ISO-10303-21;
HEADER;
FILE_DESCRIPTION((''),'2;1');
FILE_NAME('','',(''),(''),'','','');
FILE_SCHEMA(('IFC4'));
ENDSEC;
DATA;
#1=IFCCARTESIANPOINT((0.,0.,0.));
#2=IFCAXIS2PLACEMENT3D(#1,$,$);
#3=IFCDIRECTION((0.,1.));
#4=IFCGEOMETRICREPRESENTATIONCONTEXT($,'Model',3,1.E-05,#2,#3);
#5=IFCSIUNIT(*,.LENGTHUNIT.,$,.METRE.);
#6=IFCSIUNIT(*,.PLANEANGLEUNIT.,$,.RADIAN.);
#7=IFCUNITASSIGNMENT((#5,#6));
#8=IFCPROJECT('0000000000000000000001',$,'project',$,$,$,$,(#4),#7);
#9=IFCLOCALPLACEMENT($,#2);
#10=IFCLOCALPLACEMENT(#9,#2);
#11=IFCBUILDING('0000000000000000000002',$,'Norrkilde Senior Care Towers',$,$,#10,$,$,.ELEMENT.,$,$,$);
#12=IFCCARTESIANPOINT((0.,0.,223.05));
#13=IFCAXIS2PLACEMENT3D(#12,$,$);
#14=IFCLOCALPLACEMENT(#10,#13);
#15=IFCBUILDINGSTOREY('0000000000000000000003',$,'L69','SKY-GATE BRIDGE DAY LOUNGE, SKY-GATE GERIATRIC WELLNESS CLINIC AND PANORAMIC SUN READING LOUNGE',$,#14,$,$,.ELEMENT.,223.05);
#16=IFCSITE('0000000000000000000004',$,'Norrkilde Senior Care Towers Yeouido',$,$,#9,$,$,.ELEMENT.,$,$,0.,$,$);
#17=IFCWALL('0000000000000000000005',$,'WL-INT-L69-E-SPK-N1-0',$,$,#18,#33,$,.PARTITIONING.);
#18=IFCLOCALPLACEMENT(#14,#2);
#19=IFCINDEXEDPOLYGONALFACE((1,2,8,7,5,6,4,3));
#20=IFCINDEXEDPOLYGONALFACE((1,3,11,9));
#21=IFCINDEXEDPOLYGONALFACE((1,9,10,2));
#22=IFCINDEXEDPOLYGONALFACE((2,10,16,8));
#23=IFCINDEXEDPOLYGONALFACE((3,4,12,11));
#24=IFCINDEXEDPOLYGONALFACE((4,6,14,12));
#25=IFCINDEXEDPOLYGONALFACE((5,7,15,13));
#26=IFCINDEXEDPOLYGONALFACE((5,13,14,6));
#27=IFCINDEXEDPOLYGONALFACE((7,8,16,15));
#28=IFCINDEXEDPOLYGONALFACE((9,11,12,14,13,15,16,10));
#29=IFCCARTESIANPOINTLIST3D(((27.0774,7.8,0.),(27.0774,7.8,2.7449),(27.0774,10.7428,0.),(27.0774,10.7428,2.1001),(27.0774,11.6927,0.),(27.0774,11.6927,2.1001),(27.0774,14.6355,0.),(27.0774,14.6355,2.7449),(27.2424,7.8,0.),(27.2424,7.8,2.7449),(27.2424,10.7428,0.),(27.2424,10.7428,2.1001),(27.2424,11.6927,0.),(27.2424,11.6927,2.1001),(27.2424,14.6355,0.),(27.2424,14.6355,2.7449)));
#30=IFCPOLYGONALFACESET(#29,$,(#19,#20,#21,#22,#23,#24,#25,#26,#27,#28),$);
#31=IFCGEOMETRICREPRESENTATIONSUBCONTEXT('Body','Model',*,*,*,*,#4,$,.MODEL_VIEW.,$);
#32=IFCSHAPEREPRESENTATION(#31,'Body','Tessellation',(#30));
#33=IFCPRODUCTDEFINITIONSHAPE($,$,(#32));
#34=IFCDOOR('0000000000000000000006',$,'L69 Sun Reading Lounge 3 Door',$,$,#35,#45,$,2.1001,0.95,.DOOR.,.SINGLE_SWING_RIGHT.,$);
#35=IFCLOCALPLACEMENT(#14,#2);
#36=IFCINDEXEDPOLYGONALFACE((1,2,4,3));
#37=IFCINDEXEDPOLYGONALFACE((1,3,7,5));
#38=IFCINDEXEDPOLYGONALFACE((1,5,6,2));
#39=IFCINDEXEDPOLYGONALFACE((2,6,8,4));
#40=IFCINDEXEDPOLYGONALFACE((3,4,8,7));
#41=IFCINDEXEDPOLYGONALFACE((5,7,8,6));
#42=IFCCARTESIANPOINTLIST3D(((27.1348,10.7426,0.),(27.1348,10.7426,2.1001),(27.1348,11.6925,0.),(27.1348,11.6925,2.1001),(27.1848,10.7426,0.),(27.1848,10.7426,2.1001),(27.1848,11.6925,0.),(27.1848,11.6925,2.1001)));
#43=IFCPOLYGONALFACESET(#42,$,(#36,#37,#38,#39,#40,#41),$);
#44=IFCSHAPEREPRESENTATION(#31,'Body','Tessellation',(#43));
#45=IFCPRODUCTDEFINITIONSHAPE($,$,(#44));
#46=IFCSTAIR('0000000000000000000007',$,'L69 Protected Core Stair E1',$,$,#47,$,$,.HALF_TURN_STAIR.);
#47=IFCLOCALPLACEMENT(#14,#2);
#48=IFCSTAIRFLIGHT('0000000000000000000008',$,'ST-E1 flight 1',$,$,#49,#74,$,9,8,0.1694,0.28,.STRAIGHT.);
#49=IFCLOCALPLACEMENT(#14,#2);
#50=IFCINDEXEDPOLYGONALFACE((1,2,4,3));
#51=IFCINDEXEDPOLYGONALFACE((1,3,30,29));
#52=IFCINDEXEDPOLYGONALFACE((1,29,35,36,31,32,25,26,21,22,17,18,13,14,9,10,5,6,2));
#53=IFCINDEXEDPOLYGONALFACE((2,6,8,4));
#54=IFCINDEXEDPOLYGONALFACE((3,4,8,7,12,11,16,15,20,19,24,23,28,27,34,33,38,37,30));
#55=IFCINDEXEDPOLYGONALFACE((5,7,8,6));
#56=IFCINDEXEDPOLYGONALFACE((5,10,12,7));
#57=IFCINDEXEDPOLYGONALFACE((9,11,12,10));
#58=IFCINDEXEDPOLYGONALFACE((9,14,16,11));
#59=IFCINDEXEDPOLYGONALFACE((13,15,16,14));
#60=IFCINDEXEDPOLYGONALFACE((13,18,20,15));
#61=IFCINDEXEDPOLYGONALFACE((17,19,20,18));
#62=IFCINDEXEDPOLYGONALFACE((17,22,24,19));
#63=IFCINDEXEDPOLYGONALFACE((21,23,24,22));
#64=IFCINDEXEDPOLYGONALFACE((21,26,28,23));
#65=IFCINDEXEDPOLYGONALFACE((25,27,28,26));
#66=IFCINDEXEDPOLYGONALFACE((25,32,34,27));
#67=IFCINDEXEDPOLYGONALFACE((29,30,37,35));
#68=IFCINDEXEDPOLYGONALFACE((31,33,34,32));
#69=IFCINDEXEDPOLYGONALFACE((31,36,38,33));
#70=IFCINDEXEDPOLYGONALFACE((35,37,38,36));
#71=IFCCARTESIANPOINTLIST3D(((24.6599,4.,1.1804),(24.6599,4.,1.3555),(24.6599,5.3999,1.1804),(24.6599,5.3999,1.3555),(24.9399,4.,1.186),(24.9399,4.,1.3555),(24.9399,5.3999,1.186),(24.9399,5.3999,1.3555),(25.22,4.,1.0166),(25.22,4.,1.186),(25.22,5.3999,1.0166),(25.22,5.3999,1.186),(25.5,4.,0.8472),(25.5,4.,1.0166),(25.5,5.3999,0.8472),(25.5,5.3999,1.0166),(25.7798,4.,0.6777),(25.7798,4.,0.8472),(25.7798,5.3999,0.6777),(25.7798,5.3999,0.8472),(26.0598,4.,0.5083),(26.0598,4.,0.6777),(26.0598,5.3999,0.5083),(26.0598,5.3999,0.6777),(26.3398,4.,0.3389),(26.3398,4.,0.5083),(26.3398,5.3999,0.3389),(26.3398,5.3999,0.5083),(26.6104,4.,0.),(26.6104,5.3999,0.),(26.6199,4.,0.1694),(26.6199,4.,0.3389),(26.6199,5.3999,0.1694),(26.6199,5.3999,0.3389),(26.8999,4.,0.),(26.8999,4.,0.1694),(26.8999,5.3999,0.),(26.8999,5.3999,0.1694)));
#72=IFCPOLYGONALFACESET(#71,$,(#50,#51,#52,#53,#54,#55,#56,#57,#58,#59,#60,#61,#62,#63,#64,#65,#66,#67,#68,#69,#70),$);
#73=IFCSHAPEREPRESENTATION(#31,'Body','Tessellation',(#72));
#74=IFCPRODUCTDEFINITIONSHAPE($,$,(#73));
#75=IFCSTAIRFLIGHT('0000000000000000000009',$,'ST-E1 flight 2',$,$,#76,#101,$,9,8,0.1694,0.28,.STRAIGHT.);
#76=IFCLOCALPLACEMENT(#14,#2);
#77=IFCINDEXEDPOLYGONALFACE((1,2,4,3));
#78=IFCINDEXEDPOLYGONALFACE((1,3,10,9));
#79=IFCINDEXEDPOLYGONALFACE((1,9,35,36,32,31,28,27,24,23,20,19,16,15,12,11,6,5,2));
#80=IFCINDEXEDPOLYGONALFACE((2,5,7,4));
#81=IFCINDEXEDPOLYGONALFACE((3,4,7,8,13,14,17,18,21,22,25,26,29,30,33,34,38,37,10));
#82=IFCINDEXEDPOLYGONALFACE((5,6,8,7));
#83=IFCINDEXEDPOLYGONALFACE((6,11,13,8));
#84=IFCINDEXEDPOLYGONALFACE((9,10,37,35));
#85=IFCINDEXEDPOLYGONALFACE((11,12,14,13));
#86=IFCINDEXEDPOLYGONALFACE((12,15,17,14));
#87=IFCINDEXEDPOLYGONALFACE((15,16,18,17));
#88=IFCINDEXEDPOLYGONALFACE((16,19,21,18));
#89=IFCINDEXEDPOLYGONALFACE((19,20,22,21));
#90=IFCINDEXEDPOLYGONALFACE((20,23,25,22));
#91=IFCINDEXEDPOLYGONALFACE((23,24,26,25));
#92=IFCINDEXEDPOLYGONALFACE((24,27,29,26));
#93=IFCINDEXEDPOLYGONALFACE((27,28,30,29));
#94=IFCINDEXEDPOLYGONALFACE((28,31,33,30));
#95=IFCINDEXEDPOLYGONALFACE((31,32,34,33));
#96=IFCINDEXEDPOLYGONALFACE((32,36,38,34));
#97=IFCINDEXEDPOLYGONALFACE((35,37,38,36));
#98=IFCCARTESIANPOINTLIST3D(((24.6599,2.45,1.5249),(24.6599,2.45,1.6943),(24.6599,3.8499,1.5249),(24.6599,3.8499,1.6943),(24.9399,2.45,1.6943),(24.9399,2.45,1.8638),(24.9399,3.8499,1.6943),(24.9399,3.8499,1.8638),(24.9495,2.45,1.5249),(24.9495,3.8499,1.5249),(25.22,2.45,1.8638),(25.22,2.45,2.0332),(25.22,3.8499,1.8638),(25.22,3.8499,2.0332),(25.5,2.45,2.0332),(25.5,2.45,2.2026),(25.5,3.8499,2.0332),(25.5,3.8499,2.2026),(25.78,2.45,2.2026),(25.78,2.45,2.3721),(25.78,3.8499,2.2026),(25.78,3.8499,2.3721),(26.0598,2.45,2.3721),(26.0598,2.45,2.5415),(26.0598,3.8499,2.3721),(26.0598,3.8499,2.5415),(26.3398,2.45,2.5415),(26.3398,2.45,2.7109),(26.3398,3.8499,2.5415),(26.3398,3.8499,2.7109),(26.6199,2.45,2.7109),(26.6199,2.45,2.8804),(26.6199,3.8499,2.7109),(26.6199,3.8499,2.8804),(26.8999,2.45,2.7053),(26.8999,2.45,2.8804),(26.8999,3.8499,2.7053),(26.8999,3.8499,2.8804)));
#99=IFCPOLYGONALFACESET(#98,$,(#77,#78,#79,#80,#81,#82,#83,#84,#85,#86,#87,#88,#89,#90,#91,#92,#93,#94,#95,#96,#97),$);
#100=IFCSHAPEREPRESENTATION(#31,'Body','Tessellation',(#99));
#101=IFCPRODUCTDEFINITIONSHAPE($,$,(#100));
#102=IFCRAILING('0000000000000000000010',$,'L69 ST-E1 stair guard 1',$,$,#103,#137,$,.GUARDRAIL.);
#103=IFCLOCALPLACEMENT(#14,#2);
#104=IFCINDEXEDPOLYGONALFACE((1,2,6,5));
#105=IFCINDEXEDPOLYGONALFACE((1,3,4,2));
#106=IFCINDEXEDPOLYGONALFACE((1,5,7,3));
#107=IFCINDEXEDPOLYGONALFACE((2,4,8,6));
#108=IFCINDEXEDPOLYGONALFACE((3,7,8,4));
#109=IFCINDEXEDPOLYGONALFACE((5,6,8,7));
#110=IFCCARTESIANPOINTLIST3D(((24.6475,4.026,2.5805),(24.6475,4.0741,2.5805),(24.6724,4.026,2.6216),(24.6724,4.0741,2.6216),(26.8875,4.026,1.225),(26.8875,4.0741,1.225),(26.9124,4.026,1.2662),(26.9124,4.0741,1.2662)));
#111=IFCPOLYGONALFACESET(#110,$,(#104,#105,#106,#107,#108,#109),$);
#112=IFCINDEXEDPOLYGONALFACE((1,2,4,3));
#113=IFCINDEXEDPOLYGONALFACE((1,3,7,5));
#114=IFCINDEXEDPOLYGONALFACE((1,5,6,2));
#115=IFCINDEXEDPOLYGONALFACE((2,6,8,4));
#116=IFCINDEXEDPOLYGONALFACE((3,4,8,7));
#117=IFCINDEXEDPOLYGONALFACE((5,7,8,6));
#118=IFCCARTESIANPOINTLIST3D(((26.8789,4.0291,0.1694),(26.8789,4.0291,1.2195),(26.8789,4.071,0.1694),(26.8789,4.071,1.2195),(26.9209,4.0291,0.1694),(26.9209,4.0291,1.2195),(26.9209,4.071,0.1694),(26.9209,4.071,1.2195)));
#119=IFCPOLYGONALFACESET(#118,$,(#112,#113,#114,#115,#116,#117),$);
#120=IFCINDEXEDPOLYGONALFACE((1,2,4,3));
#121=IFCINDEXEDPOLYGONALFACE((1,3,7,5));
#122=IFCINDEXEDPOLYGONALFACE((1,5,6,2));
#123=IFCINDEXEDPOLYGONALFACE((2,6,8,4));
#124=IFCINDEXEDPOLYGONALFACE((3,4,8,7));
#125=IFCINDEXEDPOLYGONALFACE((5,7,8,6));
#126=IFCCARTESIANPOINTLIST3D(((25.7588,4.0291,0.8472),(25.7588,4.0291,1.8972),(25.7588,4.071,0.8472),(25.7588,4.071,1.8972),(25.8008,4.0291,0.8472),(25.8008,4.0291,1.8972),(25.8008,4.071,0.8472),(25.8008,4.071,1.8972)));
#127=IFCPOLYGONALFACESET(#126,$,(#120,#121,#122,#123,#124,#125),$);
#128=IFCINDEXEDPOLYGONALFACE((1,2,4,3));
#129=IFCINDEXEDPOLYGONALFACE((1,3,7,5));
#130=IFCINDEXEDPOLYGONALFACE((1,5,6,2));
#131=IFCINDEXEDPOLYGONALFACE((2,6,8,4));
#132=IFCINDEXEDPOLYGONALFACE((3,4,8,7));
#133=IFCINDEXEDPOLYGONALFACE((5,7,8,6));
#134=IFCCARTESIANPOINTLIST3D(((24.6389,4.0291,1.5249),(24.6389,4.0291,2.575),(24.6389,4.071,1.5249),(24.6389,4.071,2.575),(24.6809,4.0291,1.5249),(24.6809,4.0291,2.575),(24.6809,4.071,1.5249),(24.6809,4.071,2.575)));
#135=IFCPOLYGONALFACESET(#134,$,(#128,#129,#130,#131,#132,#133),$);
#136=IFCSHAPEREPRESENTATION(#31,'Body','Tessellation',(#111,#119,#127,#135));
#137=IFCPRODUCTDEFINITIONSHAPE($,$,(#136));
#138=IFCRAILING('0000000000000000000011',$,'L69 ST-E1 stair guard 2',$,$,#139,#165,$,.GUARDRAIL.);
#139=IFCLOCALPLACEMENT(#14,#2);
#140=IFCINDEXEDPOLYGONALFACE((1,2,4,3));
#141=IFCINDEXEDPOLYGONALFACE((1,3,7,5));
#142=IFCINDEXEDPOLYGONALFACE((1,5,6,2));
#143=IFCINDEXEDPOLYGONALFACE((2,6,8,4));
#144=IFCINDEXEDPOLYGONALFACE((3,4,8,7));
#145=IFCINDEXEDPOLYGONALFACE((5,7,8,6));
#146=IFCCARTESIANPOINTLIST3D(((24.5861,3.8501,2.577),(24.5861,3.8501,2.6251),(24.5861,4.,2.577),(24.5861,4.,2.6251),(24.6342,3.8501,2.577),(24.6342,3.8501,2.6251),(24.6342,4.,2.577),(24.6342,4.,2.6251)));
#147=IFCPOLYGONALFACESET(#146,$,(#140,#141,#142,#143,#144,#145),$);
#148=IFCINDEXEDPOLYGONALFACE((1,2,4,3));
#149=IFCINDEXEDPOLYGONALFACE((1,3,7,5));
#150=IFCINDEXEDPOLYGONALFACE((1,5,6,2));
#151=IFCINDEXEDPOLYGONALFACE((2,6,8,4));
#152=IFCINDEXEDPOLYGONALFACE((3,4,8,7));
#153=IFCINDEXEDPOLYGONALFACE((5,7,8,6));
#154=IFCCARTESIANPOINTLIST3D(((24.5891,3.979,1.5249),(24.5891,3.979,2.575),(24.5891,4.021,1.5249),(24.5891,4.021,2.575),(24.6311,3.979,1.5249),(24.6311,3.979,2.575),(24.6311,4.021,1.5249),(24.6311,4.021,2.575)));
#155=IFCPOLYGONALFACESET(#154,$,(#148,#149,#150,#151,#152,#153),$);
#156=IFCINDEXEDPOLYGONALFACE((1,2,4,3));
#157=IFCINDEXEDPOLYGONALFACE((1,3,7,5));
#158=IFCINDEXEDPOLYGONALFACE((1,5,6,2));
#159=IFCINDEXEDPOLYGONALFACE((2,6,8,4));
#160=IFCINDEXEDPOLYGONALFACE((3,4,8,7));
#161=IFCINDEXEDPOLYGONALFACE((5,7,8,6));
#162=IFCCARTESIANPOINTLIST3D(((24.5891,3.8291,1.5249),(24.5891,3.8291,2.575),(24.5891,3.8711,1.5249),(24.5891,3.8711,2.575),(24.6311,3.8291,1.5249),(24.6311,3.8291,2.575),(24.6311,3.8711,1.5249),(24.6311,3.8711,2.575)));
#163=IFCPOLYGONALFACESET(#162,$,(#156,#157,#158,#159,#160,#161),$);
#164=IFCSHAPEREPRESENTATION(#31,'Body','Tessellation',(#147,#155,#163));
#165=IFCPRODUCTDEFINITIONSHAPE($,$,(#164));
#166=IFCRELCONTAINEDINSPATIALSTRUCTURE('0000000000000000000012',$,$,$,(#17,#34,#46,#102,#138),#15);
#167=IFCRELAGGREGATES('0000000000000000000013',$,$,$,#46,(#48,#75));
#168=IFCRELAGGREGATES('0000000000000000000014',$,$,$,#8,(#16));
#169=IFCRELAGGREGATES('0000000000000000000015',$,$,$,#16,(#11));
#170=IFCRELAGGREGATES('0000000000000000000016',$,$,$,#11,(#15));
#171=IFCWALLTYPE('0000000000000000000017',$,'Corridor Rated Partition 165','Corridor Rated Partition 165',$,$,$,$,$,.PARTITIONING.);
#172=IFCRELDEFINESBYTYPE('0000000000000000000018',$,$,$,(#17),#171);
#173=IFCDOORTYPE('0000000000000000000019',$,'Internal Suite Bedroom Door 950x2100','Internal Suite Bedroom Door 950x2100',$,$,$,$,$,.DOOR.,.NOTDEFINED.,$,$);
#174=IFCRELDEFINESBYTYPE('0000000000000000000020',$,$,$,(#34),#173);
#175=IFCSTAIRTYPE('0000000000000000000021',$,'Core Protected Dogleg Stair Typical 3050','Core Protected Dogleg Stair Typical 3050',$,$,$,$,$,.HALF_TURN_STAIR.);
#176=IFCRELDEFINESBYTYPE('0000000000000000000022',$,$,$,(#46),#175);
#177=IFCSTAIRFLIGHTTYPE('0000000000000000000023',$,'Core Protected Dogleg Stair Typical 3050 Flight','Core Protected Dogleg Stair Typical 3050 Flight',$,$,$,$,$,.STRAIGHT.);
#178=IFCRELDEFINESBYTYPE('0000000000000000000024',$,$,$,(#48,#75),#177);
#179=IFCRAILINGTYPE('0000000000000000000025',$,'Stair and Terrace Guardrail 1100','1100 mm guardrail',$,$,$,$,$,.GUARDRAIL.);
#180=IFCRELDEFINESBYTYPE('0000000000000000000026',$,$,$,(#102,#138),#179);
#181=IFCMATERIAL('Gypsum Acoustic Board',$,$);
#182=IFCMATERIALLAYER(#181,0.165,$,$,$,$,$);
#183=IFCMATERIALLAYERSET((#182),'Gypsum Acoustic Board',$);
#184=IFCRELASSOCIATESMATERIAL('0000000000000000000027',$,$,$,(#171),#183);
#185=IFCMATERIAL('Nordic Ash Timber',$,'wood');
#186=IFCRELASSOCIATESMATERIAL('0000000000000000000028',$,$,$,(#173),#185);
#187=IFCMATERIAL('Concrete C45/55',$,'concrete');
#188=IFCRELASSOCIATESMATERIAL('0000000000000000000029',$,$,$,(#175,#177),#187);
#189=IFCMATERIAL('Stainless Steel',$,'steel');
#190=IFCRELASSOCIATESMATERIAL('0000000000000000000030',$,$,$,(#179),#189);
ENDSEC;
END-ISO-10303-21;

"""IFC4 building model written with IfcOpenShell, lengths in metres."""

from ifc_helpers import new_model, si_unit, direction, frame, frame_2d, origin, origin_2d, place, context, subcontext, project, spatial, polyline, rectangle, outline, extrude, source, transform, mapped, material, layer, layer_set, type_object, type_shapes, element, fill, aggregate, save


model = new_model("IFC4")

# Units and contexts
model_context = context("Model", 3, precision=1e-05, world=origin(), true_north=direction((0.0, 1.0)))
body_context = subcontext(model_context, "Body", "Model", "MODEL_VIEW")
ifc_project = project(units=[si_unit("LENGTHUNIT", "METRE"), si_unit("PLANEANGLEUNIT", "RADIAN")], contexts=[model_context])

# Site, building, storey
site_placement = place(None, origin())
site = spatial("IfcSite", under=ifc_project, at=site_placement, Name="Norrkilde Senior Care Towers Yeouido", CompositionType="ELEMENT", RefElevation=0.0)
building_placement = place(site_placement, origin())
building = spatial("IfcBuilding", under=site, at=building_placement, Name="Norrkilde Senior Care Towers", CompositionType="ELEMENT")
storey_placement = place(building_placement, frame((0.0, 0.0, 223.05)))
storey = spatial("IfcBuildingStorey", under=building, at=storey_placement, Name="L69", Description="SKY-GATE BRIDGE DAY LOUNGE, SKY-GATE GERIATRIC WELLNESS CLINIC AND PANORAMIC SUN READING LOUNGE", CompositionType="ELEMENT", Elevation=223.05)

# Shared definitions
ifc_material_1 = material(Name="Concrete C45/55", Category="concrete")

# Shared definitions
ifc_material_2 = material(Name="Stainless Steel", Category="steel")

# Wall, opening, door
ifc_material_3 = material(Name="Gypsum Acoustic Board")
ifc_layer_1 = layer(ifc_material_3, 0.165)
ifc_layer_set_1 = layer_set([ifc_layer_1], Name="Gypsum Acoustic Board")
wall_type_1 = type_object("IfcWallType", Name="Corridor Rated Partition 165", Description="Corridor Rated Partition 165", PredefinedType="PARTITIONING", material=ifc_layer_set_1)
shared_shape_1 = source(origin(), body_context, "Body", "SweptSolid", [
    extrude(rectangle(XDim=6.8354, YDim=0.165, at=frame_2d((3.4177, 0.0))), origin(), (0.0, 0.0, 1.0), 2.7449),
])
type_shapes(wall_type_1, [shared_shape_1])
wall_1_placement = place(storey_placement, frame((27.1599, 7.8, 0.0), z_axis=(0.0, 0.0, 1.0), x_axis=(0.0, 1.0, 0.0)))
wall_1 = element("IfcWall", 1, at=wall_1_placement, inside=storey, type_object=wall_type_1, Name="WL-INT-L69-E-SPK-N1-0", PredefinedType="PARTITIONING", context=body_context, shape_type="MappedRepresentation", body=[
    mapped(shared_shape_1, transform((0.0, 0.0, 0.0), x_axis=(1.0, 0.0, 0.0), y_axis=(0.0, 1.0, 0.0), z_axis=(0.0, 0.0, 1.0), scale=1.0)),
])
opening_1_placement = place(wall_1_placement, frame((2.9426, 0.0, 0.0)))
opening_1 = element("IfcOpeningElement", 2, at=opening_1_placement, cuts=wall_1, PredefinedType="OPENING", context=body_context, shape_type="SweptSolid", body=[
    extrude(rectangle(XDim=0.95, YDim=2.1001, at=frame_2d((0.4751, 1.05))), frame((0.0, 0.0925, 0.0), z_axis=(0.0, -1.0, 0.0), x_axis=(1.0, 0.0, 0.0)), (0.0, 0.0, 1.0), 0.1851),
])
ifc_material_4 = material(Name="Nordic Ash Timber", Category="wood")
door_type_1 = type_object("IfcDoorType", Name="Internal Suite Bedroom Door 950x2100", Description="Internal Suite Bedroom Door 950x2100", OperationType="NOTDEFINED", PredefinedType="DOOR", material=ifc_material_4)
shared_shape_2 = source(origin(), body_context, "Body", "SweptSolid", [
    extrude(rectangle(XDim=0.95, YDim=2.1001, at=frame_2d((0.4751, 1.05))), frame((0.0, 0.0249, 0.0), z_axis=(0.0, -1.0, 0.0), x_axis=(1.0, 0.0, 0.0)), (0.0, 0.0, 1.0), 0.05),
])
type_shapes(door_type_1, [shared_shape_2])
door_1_placement = place(opening_1_placement, frame((0.95, 0.0, 0.0), z_axis=(0.0, 0.0, 1.0), x_axis=(-1.0, 0.0, 0.0)))
door_1 = element("IfcDoor", 3, at=door_1_placement, inside=storey, type_object=door_type_1, Name="L69 Sun Reading Lounge 3 Door", OperationType="SINGLE_SWING_RIGHT", OverallHeight=2.1001, OverallWidth=0.95, PredefinedType="DOOR", context=body_context, shape_type="MappedRepresentation", body=[
    mapped(shared_shape_2, transform((0.0, 0.0, 0.0), x_axis=(1.0, 0.0, 0.0), y_axis=(0.0, 1.0, 0.0), z_axis=(0.0, 0.0, 1.0), scale=1.0)),
])
fill(opening_1, door_1)

# Stair, stair flights
stair_type = type_object("IfcStairType", Name="Core Protected Dogleg Stair Typical 3050", Description="Core Protected Dogleg Stair Typical 3050", PredefinedType="HALF_TURN_STAIR", material=ifc_material_1)
stair_placement = place(storey_placement, origin())
stair = element("IfcStair", 4, at=stair_placement, inside=storey, type_object=stair_type, Name="L69 Protected Core Stair E1", PredefinedType="HALF_TURN_STAIR")
stair_flight_type = type_object("IfcStairFlightType", Name="Core Protected Dogleg Stair Typical 3050 Flight", Description="Core Protected Dogleg Stair Typical 3050 Flight", PredefinedType="STRAIGHT", material=ifc_material_1)
stair_flight_1_placement = place(storey_placement, frame((26.8999, 4.7, 0.0), z_axis=(0.0, 0.0, 1.0), x_axis=(-1.0, 0.0, 0.0)))
stair_flight_1 = element("IfcStairFlight", 5, at=stair_flight_1_placement, type_object=stair_flight_type, Name="ST-E1 flight 1", NumberOfRisers=9, NumberOfTreads=8, PredefinedType="STRAIGHT", RiserHeight=0.1694, TreadLength=0.28, context=body_context, shape_type="SweptSolid", body=[
    extrude(outline(polyline([(0.0, 0.0), (0.0, 0.1694), (0.28, 0.1694), (0.28, 0.3389), (0.5601, 0.3389), (0.5601, 0.5083), (0.8401, 0.5083), (0.8401, 0.6777), (1.1201, 0.6777), (1.1201, 0.8472), (1.3999, 0.8472), (1.3999, 1.0166), (1.6799, 1.0166), (1.6799, 1.186), (1.96, 1.186), (1.96, 1.3555), (2.24, 1.3555), (2.24, 1.5249), (2.24, 1.1804), (0.2896, 0.0), (0.0, 0.0)])), frame((0.0, 0.7, 0.0), z_axis=(0.0, -1.0, 0.0), x_axis=(1.0, 0.0, 0.0)), (0.0, 0.0, 1.0), 1.3999),
])
stair_flight_2_placement = place(storey_placement, frame((24.6599, 3.1499, 1.5249), z_axis=(0.0, 0.0, 1.0), x_axis=(1.0, 0.0, 0.0)))
stair_flight_2 = element("IfcStairFlight", 6, at=stair_flight_2_placement, type_object=stair_flight_type, Name="ST-E1 flight 2", NumberOfRisers=9, NumberOfTreads=8, PredefinedType="STRAIGHT", RiserHeight=0.1694, TreadLength=0.28, context=body_context, shape_type="SweptSolid", body=[
    extrude(outline(polyline([(0.0, 0.0), (0.0, 0.1694), (0.28, 0.1694), (0.28, 0.3389), (0.5601, 0.3389), (0.5601, 0.5083), (0.8401, 0.5083), (0.8401, 0.6777), (1.1201, 0.6777), (1.1201, 0.8472), (1.3999, 0.8472), (1.3999, 1.0166), (1.6799, 1.0166), (1.6799, 1.186), (1.96, 1.186), (1.96, 1.3555), (2.24, 1.3555), (2.24, 1.5249), (2.24, 1.1804), (0.2896, 0.0), (0.0, 0.0)])), frame((0.0, 0.7, 0.0), z_axis=(0.0, -1.0, 0.0), x_axis=(1.0, 0.0, 0.0)), (0.0, 0.0, 1.0), 1.3999),
])
aggregate(stair, [stair_flight_1, stair_flight_2])

# Railings
railing_type_1 = type_object("IfcRailingType", Name="Stair and Terrace Guardrail 1100", Description="1100 mm guardrail", PredefinedType="GUARDRAIL", material=ifc_material_2)
railing_1_placement = place(storey_placement, frame((26.8999, 4.05, 0.1694)))
element("IfcRailing", 7, at=railing_1_placement, inside=storey, type_object=railing_type_1, Name="L69 ST-E1 stair guard 1", PredefinedType="GUARDRAIL", context=body_context, shape_type="SweptSolid", body=[
    extrude(rectangle(XDim=0.0481, YDim=0.0481, at=origin_2d()), frame((0.0, 0.0, 1.0762), z_axis=(-0.855553, 0.0, 0.517715), x_axis=(0.0, -1.0, 0.0)), (0.0, 0.0, 1.0), 2.6182),
    extrude(rectangle(XDim=0.042, YDim=0.042, at=origin_2d()), origin(), (0.0, 0.0, 1.0), 1.05),
    extrude(rectangle(XDim=0.042, YDim=0.042, at=origin_2d()), frame((-1.1201, 0.0, 0.6777)), (0.0, 0.0, 1.0), 1.05),
    extrude(rectangle(XDim=0.042, YDim=0.042, at=origin_2d()), frame((-2.24, 0.0, 1.3555)), (0.0, 0.0, 1.0), 1.05),
])
railing_2_placement = place(storey_placement, frame((24.6101, 4.0, 1.5249)))
element("IfcRailing", 8, at=railing_2_placement, inside=storey, type_object=railing_type_1, Name="L69 ST-E1 stair guard 2", PredefinedType="GUARDRAIL", context=body_context, shape_type="SweptSolid", body=[
    extrude(rectangle(XDim=0.0481, YDim=0.0481, at=origin_2d()), frame((0.0, 0.0, 1.0762), z_axis=(0.0, -1.0, 0.0), x_axis=(1.0, 0.0, 0.0)), (0.0, 0.0, 1.0), 0.1499),
    extrude(rectangle(XDim=0.042, YDim=0.042, at=origin_2d()), origin(), (0.0, 0.0, 1.0), 1.05),
    extrude(rectangle(XDim=0.042, YDim=0.042, at=origin_2d()), frame((0.0, -0.1499, 0.0)), (0.0, 0.0, 1.0), 1.05),
])

save(model, "model.ifc")
